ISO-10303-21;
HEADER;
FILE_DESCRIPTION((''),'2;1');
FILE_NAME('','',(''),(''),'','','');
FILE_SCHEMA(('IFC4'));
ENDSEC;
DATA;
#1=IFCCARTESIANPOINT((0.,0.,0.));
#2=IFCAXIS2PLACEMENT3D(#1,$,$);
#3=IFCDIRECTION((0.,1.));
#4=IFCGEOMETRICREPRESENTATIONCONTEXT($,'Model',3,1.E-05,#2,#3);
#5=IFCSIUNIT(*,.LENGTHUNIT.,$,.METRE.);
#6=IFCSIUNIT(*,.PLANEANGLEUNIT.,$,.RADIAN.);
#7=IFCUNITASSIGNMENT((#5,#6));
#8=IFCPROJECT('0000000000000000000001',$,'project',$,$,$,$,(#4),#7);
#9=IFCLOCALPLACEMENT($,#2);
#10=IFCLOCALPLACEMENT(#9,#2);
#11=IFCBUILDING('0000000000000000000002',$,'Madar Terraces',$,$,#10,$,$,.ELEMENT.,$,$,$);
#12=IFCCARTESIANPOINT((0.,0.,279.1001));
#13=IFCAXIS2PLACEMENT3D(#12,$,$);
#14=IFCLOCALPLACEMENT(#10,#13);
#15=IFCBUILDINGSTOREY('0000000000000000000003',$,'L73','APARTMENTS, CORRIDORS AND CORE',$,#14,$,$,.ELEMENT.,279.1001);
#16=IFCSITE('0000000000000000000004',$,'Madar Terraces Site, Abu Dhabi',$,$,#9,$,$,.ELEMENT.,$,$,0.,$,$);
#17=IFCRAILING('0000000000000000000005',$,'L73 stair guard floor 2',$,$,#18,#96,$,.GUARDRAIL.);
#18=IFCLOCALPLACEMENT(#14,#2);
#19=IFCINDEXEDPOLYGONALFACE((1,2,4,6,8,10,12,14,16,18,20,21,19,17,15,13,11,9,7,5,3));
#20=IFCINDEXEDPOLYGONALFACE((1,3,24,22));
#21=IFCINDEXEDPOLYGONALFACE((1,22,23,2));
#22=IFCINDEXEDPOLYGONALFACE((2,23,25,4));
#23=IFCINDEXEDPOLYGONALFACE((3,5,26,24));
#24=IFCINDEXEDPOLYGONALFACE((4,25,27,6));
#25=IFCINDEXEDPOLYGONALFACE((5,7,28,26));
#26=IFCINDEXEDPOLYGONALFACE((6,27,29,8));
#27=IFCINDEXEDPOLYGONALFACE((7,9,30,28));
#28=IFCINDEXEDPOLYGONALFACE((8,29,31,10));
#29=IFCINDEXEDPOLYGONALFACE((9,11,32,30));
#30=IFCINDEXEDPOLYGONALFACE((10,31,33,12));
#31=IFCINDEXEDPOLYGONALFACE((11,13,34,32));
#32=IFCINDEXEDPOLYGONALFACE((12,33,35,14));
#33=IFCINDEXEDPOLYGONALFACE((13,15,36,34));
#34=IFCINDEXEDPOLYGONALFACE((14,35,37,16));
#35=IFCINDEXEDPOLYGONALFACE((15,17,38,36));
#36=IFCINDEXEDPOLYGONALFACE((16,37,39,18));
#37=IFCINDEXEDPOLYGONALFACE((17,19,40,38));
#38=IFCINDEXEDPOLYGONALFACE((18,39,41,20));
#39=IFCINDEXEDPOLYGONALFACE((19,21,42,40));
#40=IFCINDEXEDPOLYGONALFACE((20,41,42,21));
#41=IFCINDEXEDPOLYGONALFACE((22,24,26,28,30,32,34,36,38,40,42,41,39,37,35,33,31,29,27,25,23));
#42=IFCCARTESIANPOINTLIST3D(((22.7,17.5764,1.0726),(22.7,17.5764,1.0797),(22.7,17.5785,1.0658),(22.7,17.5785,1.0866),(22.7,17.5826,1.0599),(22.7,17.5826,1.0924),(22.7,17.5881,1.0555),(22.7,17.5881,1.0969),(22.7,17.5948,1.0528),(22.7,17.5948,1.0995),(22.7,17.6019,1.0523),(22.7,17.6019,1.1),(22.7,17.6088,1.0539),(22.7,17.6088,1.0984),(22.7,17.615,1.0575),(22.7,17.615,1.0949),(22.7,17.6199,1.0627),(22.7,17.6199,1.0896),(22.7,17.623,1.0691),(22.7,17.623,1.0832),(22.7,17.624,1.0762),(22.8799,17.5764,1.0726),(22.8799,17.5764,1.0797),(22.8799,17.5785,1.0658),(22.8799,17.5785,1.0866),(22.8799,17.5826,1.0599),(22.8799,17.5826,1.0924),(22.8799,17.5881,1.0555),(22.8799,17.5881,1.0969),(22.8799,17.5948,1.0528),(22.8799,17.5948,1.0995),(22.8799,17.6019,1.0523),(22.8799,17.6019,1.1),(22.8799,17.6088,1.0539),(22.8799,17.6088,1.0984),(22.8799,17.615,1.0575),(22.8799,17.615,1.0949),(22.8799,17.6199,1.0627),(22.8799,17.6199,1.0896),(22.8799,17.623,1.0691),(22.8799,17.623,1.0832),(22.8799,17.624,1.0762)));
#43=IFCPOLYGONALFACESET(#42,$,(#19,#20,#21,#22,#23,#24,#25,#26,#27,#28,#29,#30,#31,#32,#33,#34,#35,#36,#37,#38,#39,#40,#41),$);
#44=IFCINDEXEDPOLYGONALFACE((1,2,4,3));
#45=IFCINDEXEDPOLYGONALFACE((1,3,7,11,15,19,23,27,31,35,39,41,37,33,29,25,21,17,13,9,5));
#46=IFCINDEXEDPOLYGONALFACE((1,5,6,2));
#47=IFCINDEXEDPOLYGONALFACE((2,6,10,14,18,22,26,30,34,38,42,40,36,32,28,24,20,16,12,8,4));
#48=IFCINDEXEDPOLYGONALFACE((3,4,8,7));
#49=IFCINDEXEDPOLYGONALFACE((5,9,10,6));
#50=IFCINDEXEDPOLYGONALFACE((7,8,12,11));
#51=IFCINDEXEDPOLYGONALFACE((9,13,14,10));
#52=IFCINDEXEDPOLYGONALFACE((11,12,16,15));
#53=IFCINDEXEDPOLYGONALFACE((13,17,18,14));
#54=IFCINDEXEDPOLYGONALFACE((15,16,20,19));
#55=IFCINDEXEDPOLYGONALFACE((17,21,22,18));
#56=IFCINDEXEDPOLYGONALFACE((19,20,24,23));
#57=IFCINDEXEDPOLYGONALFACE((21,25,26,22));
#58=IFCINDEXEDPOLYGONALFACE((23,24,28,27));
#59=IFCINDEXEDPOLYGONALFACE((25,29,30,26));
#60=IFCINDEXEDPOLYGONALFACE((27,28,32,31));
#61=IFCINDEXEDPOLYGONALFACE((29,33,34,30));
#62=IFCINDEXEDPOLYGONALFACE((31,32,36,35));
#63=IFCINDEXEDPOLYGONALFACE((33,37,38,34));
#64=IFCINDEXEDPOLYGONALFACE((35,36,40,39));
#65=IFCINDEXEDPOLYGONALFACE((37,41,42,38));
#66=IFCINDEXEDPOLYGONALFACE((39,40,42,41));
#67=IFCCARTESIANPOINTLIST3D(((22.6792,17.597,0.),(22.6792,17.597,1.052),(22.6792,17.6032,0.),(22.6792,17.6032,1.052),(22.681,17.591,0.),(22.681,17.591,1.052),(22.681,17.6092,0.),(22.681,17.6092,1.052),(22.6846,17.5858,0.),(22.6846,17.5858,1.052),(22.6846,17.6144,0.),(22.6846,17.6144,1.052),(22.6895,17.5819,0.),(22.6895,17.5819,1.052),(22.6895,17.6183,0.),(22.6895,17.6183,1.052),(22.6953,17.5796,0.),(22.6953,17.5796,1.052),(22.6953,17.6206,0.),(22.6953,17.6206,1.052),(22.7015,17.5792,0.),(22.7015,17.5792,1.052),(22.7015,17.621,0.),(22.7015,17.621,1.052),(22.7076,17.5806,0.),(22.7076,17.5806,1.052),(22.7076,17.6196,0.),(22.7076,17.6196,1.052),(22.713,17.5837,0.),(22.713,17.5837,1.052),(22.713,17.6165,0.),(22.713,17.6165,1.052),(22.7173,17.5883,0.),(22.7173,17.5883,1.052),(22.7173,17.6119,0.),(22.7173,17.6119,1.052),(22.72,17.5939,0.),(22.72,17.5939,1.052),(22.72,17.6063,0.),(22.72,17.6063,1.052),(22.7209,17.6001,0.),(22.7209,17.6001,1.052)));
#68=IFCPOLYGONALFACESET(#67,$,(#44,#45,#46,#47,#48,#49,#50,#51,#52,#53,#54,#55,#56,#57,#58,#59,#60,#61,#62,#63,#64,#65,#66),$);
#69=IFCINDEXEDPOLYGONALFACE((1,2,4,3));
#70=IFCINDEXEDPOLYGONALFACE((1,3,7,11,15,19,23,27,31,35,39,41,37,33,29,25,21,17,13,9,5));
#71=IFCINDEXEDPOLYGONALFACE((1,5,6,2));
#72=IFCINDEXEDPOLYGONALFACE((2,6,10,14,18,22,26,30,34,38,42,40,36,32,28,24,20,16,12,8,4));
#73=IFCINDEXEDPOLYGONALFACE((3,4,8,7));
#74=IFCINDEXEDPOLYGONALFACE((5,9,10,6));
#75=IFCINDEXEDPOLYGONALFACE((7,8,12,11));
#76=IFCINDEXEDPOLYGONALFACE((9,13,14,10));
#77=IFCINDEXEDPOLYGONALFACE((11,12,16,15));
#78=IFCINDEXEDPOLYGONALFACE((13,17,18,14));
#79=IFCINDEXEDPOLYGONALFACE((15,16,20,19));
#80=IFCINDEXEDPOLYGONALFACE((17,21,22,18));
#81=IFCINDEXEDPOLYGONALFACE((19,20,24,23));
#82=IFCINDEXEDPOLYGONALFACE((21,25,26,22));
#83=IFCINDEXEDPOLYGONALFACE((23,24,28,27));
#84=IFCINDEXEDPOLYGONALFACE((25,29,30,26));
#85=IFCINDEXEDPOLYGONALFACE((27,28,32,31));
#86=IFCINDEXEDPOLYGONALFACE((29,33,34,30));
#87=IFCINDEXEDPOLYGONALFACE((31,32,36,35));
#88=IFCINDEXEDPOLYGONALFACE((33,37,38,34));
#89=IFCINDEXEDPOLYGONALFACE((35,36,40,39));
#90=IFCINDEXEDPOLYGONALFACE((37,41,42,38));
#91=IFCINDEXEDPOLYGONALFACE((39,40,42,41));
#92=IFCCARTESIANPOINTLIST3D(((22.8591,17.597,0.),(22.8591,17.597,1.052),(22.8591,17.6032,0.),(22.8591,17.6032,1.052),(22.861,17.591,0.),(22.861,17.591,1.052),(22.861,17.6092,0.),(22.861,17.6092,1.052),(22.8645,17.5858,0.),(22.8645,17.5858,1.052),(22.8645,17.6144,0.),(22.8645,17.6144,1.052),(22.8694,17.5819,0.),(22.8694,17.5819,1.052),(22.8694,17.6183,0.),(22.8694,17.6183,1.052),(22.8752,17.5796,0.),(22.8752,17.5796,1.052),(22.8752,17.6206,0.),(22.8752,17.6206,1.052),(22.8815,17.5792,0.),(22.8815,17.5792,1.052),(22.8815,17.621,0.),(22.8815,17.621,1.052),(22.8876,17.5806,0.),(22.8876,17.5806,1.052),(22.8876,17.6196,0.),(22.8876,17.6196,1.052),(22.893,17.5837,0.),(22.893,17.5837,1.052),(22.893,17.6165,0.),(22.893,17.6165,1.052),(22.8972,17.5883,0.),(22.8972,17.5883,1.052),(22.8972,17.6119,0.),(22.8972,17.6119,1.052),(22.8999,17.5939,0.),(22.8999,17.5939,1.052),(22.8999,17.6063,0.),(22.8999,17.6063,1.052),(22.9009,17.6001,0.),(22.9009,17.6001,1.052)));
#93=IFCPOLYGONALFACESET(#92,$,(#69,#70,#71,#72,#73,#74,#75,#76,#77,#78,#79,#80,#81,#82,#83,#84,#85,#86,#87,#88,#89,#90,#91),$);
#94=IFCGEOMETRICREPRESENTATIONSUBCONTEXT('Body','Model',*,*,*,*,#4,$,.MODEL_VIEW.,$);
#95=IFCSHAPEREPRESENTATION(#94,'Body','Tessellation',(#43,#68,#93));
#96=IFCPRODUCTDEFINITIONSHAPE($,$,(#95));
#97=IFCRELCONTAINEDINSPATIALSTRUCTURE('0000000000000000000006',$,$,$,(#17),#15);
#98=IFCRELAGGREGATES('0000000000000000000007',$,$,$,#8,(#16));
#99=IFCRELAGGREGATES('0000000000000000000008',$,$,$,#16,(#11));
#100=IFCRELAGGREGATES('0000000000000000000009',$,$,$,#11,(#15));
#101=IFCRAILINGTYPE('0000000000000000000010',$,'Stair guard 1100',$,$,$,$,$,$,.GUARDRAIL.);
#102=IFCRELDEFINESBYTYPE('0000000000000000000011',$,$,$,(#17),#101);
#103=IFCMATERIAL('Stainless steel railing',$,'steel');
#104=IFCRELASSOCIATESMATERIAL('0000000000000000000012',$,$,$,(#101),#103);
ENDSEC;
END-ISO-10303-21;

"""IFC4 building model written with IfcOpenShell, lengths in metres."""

from ifc_helpers import new_model, si_unit, direction, frame, origin, origin_2d, place, context, subcontext, project, spatial, circle, extrude, material, type_object, element, save


model = new_model("IFC4")

# Units and contexts
model_context = context("Model", 3, precision=1e-05, world=origin(), true_north=direction((0.0, 1.0)))
body_context = subcontext(model_context, "Body", "Model", "MODEL_VIEW")
ifc_project = project(units=[si_unit("LENGTHUNIT", "METRE"), si_unit("PLANEANGLEUNIT", "RADIAN")], contexts=[model_context])

# Site, building, storey
site_placement = place(None, origin())
site = spatial("IfcSite", under=ifc_project, at=site_placement, Name="Madar Terraces Site, Abu Dhabi", CompositionType="ELEMENT", RefElevation=0.0)
building_placement = place(site_placement, origin())
building = spatial("IfcBuilding", under=site, at=building_placement, Name="Madar Terraces", CompositionType="ELEMENT")
storey_placement = place(building_placement, frame((0.0, 0.0, 279.1001)))
storey = spatial("IfcBuildingStorey", under=building, at=storey_placement, Name="L73", Description="APARTMENTS, CORRIDORS AND CORE", CompositionType="ELEMENT", Elevation=279.1001)

# Railing
ifc_material_1 = material(Name="Stainless steel railing", Category="steel")
railing_type_1 = type_object("IfcRailingType", Name="Stair guard 1100", PredefinedType="GUARDRAIL", material=ifc_material_1)
for number, where, name in (
    (1, (22.7, 17.6001, 0.0), "L73 stair guard floor 2"),
):
    element("IfcRailing", number, at=place(storey_placement, frame(where)), inside=storey, type_object=railing_type_1, Name=name, PredefinedType="GUARDRAIL", context=body_context, shape_type="SweptSolid", body=[
        extrude(circle(Radius=0.0239, at=origin_2d()), frame((0.0, 0.0, 1.0762), z_axis=(1.0, 0.0, 0.0), x_axis=(0.0, 1.0, 0.0)), (0.0, 0.0, 1.0), 0.1799),
        extrude(circle(Radius=0.021, at=origin_2d()), origin(), (0.0, 0.0, 1.0), 1.052),
        extrude(circle(Radius=0.021, at=origin_2d()), frame((0.1799, 0.0, 0.0)), (0.0, 0.0, 1.0), 1.052),
    ])

save(model, "model.ifc")
